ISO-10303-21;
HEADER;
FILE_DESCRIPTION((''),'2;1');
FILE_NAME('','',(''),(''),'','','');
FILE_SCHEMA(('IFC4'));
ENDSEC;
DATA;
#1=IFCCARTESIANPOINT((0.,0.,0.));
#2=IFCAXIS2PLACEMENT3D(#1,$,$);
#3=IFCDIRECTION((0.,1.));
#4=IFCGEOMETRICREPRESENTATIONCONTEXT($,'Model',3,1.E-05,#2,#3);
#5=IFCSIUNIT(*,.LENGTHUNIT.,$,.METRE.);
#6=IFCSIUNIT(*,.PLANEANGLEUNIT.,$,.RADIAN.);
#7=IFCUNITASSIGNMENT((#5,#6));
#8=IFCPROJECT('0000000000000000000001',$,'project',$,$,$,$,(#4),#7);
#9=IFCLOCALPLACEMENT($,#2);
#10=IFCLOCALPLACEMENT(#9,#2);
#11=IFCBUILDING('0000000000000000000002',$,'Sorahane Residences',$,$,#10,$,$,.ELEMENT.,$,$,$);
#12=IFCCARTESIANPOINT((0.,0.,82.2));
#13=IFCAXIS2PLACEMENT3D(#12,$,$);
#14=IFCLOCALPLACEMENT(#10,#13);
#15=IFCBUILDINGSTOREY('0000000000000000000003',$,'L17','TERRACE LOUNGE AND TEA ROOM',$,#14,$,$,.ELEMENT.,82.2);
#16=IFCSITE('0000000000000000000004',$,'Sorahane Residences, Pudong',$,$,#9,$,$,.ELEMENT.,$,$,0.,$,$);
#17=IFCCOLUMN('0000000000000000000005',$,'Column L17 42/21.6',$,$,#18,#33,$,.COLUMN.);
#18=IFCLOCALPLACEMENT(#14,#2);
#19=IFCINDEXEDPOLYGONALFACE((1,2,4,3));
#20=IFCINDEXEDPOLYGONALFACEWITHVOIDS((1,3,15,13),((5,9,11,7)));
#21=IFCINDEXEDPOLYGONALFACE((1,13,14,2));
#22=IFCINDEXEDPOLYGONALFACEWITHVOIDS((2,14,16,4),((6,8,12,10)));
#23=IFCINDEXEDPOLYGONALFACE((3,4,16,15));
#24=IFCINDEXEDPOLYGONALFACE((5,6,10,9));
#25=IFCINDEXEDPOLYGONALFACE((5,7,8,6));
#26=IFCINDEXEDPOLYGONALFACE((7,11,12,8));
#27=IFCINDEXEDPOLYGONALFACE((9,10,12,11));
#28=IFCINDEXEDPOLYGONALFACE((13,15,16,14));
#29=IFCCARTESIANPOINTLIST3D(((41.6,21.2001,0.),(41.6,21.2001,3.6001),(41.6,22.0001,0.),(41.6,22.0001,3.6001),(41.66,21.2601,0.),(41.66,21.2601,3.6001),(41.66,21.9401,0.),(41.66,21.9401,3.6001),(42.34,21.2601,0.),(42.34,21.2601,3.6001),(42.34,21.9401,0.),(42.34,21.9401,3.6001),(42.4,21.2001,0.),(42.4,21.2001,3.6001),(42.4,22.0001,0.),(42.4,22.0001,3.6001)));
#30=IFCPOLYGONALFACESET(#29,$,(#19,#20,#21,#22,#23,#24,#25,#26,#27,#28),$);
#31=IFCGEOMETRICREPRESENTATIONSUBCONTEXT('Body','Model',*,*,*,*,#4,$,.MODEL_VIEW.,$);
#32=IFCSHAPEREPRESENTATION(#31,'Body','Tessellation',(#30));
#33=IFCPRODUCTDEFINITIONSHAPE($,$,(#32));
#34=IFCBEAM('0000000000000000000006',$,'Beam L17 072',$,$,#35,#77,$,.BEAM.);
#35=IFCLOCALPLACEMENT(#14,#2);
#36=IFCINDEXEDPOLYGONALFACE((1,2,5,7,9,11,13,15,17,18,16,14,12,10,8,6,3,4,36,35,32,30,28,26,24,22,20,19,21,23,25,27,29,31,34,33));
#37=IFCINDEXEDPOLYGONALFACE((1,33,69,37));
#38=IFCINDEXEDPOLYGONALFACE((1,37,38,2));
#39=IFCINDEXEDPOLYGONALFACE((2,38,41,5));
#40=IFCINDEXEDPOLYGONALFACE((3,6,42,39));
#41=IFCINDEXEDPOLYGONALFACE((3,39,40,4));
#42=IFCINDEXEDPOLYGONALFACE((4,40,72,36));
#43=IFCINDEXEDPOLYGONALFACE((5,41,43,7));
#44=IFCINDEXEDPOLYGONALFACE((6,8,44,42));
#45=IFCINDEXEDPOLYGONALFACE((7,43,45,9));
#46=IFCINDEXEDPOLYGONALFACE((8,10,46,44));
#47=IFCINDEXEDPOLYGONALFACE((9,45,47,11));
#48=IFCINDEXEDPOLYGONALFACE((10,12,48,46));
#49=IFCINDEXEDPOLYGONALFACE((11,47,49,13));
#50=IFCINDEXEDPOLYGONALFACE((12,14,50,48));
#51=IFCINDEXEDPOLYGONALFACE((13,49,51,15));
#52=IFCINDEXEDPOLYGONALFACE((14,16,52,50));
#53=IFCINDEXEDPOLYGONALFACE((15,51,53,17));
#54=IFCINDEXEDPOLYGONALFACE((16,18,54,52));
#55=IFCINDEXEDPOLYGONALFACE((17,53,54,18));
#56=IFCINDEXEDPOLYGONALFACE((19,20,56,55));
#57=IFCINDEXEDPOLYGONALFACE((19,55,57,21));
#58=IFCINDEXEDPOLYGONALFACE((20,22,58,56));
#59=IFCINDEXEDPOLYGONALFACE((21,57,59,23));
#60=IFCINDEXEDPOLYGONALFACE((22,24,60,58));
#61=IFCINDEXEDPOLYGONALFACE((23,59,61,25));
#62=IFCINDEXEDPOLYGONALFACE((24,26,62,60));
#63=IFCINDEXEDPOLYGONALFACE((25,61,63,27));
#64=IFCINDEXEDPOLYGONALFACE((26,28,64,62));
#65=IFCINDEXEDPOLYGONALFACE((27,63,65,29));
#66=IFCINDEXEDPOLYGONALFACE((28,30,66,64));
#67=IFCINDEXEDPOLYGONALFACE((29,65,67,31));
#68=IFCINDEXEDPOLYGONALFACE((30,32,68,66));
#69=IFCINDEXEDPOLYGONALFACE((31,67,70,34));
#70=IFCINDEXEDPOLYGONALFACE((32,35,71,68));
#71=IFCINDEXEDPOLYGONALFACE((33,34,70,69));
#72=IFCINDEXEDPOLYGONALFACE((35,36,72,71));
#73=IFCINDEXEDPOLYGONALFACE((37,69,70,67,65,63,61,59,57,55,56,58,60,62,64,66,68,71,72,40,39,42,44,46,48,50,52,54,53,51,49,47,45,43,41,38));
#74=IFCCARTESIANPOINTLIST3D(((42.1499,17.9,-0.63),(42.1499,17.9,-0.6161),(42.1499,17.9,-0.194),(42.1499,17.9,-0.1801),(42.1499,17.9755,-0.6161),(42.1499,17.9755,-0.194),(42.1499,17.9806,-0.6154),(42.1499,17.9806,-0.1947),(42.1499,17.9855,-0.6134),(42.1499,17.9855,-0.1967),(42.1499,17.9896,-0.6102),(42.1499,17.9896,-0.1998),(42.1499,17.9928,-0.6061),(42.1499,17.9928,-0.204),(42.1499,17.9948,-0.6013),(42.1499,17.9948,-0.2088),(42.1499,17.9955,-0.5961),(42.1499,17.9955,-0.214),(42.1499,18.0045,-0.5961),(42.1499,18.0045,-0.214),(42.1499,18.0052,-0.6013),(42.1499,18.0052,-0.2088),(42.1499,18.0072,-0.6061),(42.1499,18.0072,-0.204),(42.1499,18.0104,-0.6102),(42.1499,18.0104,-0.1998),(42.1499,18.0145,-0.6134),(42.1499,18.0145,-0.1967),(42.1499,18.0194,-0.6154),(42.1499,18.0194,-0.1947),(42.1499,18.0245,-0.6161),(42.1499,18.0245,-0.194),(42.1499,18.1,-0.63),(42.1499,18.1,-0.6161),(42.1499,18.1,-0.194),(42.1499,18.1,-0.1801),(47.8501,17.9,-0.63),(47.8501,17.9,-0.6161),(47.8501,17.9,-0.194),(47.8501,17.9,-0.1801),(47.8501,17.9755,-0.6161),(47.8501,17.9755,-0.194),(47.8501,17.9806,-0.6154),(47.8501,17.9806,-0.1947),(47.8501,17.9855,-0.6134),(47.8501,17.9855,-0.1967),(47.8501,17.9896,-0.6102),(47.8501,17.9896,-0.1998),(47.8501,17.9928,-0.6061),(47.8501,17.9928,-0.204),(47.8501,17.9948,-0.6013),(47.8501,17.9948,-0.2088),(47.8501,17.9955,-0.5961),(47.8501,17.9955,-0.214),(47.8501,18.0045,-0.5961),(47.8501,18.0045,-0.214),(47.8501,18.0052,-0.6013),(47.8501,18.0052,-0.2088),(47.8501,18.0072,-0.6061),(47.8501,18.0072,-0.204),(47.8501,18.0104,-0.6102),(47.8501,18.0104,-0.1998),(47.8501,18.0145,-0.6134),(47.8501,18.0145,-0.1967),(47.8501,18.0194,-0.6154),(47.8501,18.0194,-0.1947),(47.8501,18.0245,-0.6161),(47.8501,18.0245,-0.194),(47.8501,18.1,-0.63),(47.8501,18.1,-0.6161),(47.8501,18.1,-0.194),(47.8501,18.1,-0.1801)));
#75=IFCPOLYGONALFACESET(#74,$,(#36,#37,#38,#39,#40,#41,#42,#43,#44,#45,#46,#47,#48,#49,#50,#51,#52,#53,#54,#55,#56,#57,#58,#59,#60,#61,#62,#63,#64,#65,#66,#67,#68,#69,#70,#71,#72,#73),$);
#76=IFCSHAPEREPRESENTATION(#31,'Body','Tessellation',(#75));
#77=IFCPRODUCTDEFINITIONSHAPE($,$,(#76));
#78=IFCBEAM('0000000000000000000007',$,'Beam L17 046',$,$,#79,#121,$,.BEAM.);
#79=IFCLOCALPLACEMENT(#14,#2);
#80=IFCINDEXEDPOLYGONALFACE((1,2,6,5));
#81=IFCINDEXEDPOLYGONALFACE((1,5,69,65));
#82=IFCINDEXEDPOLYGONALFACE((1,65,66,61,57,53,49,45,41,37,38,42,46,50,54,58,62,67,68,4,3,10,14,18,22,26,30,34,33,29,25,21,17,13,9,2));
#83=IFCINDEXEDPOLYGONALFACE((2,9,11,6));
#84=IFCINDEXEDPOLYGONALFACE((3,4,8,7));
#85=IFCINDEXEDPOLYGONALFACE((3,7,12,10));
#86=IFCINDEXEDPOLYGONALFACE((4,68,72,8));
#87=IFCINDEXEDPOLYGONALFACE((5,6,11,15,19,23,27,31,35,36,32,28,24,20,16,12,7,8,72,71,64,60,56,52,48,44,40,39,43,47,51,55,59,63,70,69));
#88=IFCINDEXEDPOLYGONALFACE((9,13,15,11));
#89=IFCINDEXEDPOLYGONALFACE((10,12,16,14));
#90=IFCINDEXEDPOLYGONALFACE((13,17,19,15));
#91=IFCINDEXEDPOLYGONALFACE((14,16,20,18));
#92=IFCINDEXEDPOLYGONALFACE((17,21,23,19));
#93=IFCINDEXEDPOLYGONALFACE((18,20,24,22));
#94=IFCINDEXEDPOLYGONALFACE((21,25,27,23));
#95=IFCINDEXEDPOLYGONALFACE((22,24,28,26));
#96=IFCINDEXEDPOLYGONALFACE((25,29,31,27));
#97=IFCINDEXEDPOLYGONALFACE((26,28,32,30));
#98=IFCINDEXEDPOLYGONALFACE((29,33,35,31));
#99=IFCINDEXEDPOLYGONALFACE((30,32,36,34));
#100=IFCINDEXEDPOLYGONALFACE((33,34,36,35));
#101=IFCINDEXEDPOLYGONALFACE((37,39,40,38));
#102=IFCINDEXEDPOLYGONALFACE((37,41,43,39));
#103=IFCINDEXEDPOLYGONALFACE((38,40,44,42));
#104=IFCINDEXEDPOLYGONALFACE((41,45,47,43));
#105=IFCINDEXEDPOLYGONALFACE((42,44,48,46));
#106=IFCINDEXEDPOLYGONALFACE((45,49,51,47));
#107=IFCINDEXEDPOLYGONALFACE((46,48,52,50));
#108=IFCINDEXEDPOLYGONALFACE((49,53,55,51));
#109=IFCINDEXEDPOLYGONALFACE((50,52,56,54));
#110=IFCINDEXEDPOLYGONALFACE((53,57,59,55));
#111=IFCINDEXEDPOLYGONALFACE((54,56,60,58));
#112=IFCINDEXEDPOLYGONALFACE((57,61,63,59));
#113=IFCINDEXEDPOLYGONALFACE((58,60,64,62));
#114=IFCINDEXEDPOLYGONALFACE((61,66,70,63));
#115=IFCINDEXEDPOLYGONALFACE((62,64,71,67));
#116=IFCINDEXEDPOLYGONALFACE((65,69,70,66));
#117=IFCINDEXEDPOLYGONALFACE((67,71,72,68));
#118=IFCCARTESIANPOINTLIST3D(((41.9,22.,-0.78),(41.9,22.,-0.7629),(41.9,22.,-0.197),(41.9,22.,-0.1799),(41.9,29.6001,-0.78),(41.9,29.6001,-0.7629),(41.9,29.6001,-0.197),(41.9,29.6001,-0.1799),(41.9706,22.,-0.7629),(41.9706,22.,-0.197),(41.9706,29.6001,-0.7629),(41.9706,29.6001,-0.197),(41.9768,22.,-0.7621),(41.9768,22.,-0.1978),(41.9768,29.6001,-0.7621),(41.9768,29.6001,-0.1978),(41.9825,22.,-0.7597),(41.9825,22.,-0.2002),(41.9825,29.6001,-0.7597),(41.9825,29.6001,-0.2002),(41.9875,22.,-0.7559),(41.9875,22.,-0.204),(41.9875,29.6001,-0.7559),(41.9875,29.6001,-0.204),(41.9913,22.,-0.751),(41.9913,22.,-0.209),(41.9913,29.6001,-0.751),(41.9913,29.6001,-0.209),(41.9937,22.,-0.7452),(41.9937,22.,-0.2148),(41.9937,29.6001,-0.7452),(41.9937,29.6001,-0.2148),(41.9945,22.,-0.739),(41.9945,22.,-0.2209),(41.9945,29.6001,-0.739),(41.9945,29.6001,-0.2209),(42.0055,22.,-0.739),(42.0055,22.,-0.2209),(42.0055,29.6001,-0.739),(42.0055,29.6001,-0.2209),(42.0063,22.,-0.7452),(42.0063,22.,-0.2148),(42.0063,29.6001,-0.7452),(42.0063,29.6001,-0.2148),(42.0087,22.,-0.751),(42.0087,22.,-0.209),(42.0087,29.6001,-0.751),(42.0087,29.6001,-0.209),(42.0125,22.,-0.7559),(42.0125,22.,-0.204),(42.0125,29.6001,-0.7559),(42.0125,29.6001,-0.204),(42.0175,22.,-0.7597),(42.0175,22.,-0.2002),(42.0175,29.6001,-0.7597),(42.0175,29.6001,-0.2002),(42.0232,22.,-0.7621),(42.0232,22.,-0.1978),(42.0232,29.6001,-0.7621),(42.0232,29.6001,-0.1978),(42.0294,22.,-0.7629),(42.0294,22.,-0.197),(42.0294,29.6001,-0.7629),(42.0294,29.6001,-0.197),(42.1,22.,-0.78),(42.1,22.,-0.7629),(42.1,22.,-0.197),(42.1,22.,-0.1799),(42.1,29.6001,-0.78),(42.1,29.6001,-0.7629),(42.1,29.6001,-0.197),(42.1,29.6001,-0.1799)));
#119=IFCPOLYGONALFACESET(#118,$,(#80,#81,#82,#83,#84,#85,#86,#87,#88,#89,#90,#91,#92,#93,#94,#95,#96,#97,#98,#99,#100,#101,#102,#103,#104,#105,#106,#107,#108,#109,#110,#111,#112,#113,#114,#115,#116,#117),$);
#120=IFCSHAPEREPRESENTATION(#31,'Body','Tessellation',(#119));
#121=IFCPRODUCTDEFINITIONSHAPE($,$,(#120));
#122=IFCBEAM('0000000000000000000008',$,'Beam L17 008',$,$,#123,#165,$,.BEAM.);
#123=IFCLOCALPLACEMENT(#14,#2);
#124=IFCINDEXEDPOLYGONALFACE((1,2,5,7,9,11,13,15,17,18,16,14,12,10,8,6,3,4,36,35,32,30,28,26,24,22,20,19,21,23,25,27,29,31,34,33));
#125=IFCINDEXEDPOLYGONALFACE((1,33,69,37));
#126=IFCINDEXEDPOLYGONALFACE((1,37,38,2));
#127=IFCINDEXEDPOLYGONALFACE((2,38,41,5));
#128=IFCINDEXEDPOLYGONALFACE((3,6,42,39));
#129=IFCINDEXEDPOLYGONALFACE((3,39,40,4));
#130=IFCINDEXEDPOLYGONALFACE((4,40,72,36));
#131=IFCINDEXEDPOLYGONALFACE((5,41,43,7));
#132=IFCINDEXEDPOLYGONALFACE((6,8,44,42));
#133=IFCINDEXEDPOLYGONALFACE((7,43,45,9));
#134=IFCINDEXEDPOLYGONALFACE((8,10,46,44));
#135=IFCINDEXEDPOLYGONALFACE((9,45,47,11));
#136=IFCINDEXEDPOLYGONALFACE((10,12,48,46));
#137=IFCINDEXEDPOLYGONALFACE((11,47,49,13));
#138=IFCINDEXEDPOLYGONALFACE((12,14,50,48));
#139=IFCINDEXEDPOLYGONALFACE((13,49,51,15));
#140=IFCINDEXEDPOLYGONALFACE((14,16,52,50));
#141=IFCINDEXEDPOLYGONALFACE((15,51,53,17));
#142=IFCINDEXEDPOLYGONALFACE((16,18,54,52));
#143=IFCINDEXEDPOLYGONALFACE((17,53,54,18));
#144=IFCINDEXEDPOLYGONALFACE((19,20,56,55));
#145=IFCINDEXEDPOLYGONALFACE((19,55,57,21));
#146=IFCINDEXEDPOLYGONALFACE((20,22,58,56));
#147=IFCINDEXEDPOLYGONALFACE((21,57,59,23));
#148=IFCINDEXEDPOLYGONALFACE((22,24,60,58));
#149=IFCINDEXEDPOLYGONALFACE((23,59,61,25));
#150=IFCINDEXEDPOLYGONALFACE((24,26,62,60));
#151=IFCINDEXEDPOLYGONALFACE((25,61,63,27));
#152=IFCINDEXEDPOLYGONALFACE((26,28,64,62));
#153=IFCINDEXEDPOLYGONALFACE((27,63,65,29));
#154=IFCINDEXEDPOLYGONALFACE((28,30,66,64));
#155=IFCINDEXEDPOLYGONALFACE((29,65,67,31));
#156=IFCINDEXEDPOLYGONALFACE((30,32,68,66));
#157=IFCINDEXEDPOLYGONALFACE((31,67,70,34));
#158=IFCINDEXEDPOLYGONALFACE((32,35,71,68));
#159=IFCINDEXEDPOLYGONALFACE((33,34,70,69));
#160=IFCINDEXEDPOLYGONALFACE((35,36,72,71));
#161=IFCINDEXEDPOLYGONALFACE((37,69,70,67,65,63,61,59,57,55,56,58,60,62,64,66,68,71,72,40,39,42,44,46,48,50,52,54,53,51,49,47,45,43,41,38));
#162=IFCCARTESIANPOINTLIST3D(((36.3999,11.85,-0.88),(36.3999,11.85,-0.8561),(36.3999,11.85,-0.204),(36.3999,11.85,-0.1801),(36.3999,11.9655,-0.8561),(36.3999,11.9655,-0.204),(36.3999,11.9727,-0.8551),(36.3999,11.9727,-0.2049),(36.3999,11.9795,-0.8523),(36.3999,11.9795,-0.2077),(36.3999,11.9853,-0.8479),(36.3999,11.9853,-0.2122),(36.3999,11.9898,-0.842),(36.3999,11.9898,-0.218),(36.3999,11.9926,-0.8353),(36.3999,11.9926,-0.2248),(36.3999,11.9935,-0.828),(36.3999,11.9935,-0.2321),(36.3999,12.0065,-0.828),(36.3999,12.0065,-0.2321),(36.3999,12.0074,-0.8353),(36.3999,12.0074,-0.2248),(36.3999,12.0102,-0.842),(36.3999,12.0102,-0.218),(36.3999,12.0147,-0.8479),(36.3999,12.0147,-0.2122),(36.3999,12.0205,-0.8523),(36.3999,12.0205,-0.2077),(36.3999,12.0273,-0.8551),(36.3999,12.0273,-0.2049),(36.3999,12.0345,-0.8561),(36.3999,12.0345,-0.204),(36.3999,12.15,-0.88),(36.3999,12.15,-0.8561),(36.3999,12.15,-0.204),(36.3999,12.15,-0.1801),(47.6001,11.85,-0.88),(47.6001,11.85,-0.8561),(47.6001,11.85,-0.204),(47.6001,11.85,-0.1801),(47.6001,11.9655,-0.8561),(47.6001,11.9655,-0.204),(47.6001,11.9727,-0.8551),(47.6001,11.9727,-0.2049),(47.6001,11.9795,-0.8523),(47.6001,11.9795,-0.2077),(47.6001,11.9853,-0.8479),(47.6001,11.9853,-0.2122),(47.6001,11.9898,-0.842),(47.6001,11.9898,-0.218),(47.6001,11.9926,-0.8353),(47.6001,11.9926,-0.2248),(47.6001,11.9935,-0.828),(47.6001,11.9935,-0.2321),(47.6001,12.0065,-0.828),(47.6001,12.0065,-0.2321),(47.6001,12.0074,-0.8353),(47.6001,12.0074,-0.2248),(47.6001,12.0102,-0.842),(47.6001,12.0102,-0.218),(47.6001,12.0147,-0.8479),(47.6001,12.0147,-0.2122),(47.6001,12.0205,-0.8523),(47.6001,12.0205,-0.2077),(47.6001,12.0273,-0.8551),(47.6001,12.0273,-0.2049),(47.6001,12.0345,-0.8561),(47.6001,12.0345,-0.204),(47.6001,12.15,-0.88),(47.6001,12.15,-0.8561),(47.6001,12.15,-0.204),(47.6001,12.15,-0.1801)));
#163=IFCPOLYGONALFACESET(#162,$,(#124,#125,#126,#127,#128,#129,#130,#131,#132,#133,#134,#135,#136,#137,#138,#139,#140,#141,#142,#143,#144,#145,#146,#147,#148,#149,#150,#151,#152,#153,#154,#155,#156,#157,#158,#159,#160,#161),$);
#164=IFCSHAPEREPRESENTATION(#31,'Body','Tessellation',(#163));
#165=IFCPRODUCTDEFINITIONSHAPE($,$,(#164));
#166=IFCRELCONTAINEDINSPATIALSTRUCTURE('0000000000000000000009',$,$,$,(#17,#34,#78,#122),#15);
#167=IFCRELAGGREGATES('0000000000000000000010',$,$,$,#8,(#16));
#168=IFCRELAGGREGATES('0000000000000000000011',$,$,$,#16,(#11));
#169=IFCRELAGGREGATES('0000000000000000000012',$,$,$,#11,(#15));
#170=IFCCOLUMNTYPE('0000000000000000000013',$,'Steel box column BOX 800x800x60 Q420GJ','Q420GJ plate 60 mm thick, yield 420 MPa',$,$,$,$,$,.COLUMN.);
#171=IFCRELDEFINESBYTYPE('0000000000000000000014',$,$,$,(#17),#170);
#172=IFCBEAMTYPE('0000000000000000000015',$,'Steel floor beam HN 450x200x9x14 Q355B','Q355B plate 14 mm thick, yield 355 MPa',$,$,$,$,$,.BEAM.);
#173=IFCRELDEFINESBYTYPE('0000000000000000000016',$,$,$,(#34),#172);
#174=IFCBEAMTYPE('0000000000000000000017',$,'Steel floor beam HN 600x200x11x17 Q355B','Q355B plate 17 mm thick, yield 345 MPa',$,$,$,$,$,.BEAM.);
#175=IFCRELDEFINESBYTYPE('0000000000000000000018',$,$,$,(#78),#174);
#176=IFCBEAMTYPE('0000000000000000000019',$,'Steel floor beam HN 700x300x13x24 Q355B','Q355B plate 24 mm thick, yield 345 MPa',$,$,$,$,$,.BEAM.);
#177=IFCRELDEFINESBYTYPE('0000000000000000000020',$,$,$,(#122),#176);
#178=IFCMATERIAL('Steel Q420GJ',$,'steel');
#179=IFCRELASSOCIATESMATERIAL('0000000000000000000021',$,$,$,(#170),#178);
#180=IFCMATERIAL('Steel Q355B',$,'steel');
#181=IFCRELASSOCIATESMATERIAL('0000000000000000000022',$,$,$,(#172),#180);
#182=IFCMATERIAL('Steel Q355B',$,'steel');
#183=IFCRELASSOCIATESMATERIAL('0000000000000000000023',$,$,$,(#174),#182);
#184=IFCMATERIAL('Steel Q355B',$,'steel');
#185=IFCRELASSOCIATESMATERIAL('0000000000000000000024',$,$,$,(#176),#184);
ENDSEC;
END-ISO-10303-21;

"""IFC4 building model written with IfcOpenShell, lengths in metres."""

from ifc_helpers import new_model, si_unit, direction, frame, origin, origin_2d, place, context, subcontext, project, spatial, hollow_rectangle, i_section, extrude, material, material_profile, profile_set, type_object, element, save


model = new_model("IFC4")

# Units and contexts
model_context = context("Model", 3, precision=1e-05, world=origin(), true_north=direction((0.0, 1.0)))
body_context = subcontext(model_context, "Body", "Model", "MODEL_VIEW")
ifc_project = project(units=[si_unit("LENGTHUNIT", "METRE"), si_unit("PLANEANGLEUNIT", "RADIAN")], contexts=[model_context])

# Site, building, storey
site_placement = place(None, origin())
site = spatial("IfcSite", under=ifc_project, at=site_placement, Name="Sorahane Residences, Pudong", CompositionType="ELEMENT", RefElevation=0.0)
building_placement = place(site_placement, origin())
building = spatial("IfcBuilding", under=site, at=building_placement, Name="Sorahane Residences", CompositionType="ELEMENT")
storey_placement = place(building_placement, frame((0.0, 0.0, 82.2)))
storey = spatial("IfcBuildingStorey", under=building, at=storey_placement, Name="L17", Description="TERRACE LOUNGE AND TEA ROOM", CompositionType="ELEMENT", Elevation=82.2)

# Column
ifc_material_1 = material(Name="Steel Q420GJ", Category="steel")
ifc_material_profile_1 = material_profile(ifc_material_1, hollow_rectangle(XDim=0.8, YDim=0.8, WallThickness=0.0601, at=origin_2d()), Name="BOX 800x800x60")
ifc_profile_set_1 = profile_set([ifc_material_profile_1], Name="Steel Q420GJ")
column_type = type_object("IfcColumnType", Name="Steel box column BOX 800x800x60 Q420GJ", Description="Q420GJ plate 60 mm thick, yield 420 MPa", PredefinedType="COLUMN", material=ifc_profile_set_1)
column_placement = place(storey_placement, frame((42.0, 21.6001, 0.0), z_axis=(0.0, 0.0, 1.0), x_axis=(1.0, 0.0, 0.0)))
element("IfcColumn", 1, at=column_placement, inside=storey, type_object=column_type, Name="Column L17 42/21.6", PredefinedType="COLUMN", context=body_context, shape_type="SweptSolid", body=[
    extrude(hollow_rectangle(XDim=0.8, YDim=0.8, WallThickness=0.0601, at=origin_2d()), origin(), (0.0, 0.0, 1.0), 3.6001),
])

# Beams
ifc_material_2 = material(Name="Steel Q355B", Category="steel")
ifc_material_profile_2 = material_profile(ifc_material_2, i_section(OverallWidth=0.2, OverallDepth=0.45, WebThickness=0.009, FlangeThickness=0.0139, FilletRadius=0.02, at=origin_2d()), Name="HN 450x200x9x14")
ifc_profile_set_2 = profile_set([ifc_material_profile_2], Name="Steel Q355B")
beam_type_1 = type_object("IfcBeamType", Name="Steel floor beam HN 450x200x9x14 Q355B", Description="Q355B plate 14 mm thick, yield 355 MPa", PredefinedType="BEAM", material=ifc_profile_set_2)
beam_1_placement = place(storey_placement, frame((42.1499, 18.0, -0.405), z_axis=(1.0, 0.0, 0.0), x_axis=(0.0, 1.0, 0.0)))
element("IfcBeam", 2, at=beam_1_placement, inside=storey, type_object=beam_type_1, Name="Beam L17 072", PredefinedType="BEAM", context=body_context, shape_type="SweptSolid", body=[
    extrude(i_section(OverallWidth=0.2, OverallDepth=0.45, WebThickness=0.009, FlangeThickness=0.0139, FilletRadius=0.02, at=origin_2d()), origin(), (0.0, 0.0, 1.0), 5.7002),
])
ifc_material_3 = material(Name="Steel Q355B", Category="steel")
ifc_material_profile_3 = material_profile(ifc_material_3, i_section(OverallWidth=0.2, OverallDepth=0.6001, WebThickness=0.011, FlangeThickness=0.0171, FilletRadius=0.0239, at=origin_2d()), Name="HN 600x200x11x17")
ifc_profile_set_3 = profile_set([ifc_material_profile_3], Name="Steel Q355B")
beam_type_2 = type_object("IfcBeamType", Name="Steel floor beam HN 600x200x11x17 Q355B", Description="Q355B plate 17 mm thick, yield 345 MPa", PredefinedType="BEAM", material=ifc_profile_set_3)
beam_2_placement = place(storey_placement, frame((42.0, 22.0, -0.48), z_axis=(0.0, 1.0, 0.0), x_axis=(-1.0, 0.0, 0.0)))
element("IfcBeam", 3, at=beam_2_placement, inside=storey, type_object=beam_type_2, Name="Beam L17 046", PredefinedType="BEAM", context=body_context, shape_type="SweptSolid", body=[
    extrude(i_section(OverallWidth=0.2, OverallDepth=0.6001, WebThickness=0.011, FlangeThickness=0.0171, FilletRadius=0.0239, at=origin_2d()), origin(), (0.0, 0.0, 1.0), 7.6001),
])
ifc_material_4 = material(Name="Steel Q355B", Category="steel")
ifc_material_profile_4 = material_profile(ifc_material_4, i_section(OverallWidth=0.3, OverallDepth=0.7, WebThickness=0.0129, FlangeThickness=0.0239, FilletRadius=0.0281, at=origin_2d()), Name="HN 700x300x13x24")
ifc_profile_set_4 = profile_set([ifc_material_profile_4], Name="Steel Q355B")
beam_type_3 = type_object("IfcBeamType", Name="Steel floor beam HN 700x300x13x24 Q355B", Description="Q355B plate 24 mm thick, yield 345 MPa", PredefinedType="BEAM", material=ifc_profile_set_4)
beam_3_placement = place(storey_placement, frame((36.3999, 12.0, -0.53), z_axis=(1.0, 0.0, 0.0), x_axis=(0.0, 1.0, 0.0)))
element("IfcBeam", 4, at=beam_3_placement, inside=storey, type_object=beam_type_3, Name="Beam L17 008", PredefinedType="BEAM", context=body_context, shape_type="SweptSolid", body=[
    extrude(i_section(OverallWidth=0.3, OverallDepth=0.7, WebThickness=0.0129, FlangeThickness=0.0239, FilletRadius=0.0281, at=origin_2d()), origin(), (0.0, 0.0, 1.0), 11.2002),
])

save(model, "model.ifc")
